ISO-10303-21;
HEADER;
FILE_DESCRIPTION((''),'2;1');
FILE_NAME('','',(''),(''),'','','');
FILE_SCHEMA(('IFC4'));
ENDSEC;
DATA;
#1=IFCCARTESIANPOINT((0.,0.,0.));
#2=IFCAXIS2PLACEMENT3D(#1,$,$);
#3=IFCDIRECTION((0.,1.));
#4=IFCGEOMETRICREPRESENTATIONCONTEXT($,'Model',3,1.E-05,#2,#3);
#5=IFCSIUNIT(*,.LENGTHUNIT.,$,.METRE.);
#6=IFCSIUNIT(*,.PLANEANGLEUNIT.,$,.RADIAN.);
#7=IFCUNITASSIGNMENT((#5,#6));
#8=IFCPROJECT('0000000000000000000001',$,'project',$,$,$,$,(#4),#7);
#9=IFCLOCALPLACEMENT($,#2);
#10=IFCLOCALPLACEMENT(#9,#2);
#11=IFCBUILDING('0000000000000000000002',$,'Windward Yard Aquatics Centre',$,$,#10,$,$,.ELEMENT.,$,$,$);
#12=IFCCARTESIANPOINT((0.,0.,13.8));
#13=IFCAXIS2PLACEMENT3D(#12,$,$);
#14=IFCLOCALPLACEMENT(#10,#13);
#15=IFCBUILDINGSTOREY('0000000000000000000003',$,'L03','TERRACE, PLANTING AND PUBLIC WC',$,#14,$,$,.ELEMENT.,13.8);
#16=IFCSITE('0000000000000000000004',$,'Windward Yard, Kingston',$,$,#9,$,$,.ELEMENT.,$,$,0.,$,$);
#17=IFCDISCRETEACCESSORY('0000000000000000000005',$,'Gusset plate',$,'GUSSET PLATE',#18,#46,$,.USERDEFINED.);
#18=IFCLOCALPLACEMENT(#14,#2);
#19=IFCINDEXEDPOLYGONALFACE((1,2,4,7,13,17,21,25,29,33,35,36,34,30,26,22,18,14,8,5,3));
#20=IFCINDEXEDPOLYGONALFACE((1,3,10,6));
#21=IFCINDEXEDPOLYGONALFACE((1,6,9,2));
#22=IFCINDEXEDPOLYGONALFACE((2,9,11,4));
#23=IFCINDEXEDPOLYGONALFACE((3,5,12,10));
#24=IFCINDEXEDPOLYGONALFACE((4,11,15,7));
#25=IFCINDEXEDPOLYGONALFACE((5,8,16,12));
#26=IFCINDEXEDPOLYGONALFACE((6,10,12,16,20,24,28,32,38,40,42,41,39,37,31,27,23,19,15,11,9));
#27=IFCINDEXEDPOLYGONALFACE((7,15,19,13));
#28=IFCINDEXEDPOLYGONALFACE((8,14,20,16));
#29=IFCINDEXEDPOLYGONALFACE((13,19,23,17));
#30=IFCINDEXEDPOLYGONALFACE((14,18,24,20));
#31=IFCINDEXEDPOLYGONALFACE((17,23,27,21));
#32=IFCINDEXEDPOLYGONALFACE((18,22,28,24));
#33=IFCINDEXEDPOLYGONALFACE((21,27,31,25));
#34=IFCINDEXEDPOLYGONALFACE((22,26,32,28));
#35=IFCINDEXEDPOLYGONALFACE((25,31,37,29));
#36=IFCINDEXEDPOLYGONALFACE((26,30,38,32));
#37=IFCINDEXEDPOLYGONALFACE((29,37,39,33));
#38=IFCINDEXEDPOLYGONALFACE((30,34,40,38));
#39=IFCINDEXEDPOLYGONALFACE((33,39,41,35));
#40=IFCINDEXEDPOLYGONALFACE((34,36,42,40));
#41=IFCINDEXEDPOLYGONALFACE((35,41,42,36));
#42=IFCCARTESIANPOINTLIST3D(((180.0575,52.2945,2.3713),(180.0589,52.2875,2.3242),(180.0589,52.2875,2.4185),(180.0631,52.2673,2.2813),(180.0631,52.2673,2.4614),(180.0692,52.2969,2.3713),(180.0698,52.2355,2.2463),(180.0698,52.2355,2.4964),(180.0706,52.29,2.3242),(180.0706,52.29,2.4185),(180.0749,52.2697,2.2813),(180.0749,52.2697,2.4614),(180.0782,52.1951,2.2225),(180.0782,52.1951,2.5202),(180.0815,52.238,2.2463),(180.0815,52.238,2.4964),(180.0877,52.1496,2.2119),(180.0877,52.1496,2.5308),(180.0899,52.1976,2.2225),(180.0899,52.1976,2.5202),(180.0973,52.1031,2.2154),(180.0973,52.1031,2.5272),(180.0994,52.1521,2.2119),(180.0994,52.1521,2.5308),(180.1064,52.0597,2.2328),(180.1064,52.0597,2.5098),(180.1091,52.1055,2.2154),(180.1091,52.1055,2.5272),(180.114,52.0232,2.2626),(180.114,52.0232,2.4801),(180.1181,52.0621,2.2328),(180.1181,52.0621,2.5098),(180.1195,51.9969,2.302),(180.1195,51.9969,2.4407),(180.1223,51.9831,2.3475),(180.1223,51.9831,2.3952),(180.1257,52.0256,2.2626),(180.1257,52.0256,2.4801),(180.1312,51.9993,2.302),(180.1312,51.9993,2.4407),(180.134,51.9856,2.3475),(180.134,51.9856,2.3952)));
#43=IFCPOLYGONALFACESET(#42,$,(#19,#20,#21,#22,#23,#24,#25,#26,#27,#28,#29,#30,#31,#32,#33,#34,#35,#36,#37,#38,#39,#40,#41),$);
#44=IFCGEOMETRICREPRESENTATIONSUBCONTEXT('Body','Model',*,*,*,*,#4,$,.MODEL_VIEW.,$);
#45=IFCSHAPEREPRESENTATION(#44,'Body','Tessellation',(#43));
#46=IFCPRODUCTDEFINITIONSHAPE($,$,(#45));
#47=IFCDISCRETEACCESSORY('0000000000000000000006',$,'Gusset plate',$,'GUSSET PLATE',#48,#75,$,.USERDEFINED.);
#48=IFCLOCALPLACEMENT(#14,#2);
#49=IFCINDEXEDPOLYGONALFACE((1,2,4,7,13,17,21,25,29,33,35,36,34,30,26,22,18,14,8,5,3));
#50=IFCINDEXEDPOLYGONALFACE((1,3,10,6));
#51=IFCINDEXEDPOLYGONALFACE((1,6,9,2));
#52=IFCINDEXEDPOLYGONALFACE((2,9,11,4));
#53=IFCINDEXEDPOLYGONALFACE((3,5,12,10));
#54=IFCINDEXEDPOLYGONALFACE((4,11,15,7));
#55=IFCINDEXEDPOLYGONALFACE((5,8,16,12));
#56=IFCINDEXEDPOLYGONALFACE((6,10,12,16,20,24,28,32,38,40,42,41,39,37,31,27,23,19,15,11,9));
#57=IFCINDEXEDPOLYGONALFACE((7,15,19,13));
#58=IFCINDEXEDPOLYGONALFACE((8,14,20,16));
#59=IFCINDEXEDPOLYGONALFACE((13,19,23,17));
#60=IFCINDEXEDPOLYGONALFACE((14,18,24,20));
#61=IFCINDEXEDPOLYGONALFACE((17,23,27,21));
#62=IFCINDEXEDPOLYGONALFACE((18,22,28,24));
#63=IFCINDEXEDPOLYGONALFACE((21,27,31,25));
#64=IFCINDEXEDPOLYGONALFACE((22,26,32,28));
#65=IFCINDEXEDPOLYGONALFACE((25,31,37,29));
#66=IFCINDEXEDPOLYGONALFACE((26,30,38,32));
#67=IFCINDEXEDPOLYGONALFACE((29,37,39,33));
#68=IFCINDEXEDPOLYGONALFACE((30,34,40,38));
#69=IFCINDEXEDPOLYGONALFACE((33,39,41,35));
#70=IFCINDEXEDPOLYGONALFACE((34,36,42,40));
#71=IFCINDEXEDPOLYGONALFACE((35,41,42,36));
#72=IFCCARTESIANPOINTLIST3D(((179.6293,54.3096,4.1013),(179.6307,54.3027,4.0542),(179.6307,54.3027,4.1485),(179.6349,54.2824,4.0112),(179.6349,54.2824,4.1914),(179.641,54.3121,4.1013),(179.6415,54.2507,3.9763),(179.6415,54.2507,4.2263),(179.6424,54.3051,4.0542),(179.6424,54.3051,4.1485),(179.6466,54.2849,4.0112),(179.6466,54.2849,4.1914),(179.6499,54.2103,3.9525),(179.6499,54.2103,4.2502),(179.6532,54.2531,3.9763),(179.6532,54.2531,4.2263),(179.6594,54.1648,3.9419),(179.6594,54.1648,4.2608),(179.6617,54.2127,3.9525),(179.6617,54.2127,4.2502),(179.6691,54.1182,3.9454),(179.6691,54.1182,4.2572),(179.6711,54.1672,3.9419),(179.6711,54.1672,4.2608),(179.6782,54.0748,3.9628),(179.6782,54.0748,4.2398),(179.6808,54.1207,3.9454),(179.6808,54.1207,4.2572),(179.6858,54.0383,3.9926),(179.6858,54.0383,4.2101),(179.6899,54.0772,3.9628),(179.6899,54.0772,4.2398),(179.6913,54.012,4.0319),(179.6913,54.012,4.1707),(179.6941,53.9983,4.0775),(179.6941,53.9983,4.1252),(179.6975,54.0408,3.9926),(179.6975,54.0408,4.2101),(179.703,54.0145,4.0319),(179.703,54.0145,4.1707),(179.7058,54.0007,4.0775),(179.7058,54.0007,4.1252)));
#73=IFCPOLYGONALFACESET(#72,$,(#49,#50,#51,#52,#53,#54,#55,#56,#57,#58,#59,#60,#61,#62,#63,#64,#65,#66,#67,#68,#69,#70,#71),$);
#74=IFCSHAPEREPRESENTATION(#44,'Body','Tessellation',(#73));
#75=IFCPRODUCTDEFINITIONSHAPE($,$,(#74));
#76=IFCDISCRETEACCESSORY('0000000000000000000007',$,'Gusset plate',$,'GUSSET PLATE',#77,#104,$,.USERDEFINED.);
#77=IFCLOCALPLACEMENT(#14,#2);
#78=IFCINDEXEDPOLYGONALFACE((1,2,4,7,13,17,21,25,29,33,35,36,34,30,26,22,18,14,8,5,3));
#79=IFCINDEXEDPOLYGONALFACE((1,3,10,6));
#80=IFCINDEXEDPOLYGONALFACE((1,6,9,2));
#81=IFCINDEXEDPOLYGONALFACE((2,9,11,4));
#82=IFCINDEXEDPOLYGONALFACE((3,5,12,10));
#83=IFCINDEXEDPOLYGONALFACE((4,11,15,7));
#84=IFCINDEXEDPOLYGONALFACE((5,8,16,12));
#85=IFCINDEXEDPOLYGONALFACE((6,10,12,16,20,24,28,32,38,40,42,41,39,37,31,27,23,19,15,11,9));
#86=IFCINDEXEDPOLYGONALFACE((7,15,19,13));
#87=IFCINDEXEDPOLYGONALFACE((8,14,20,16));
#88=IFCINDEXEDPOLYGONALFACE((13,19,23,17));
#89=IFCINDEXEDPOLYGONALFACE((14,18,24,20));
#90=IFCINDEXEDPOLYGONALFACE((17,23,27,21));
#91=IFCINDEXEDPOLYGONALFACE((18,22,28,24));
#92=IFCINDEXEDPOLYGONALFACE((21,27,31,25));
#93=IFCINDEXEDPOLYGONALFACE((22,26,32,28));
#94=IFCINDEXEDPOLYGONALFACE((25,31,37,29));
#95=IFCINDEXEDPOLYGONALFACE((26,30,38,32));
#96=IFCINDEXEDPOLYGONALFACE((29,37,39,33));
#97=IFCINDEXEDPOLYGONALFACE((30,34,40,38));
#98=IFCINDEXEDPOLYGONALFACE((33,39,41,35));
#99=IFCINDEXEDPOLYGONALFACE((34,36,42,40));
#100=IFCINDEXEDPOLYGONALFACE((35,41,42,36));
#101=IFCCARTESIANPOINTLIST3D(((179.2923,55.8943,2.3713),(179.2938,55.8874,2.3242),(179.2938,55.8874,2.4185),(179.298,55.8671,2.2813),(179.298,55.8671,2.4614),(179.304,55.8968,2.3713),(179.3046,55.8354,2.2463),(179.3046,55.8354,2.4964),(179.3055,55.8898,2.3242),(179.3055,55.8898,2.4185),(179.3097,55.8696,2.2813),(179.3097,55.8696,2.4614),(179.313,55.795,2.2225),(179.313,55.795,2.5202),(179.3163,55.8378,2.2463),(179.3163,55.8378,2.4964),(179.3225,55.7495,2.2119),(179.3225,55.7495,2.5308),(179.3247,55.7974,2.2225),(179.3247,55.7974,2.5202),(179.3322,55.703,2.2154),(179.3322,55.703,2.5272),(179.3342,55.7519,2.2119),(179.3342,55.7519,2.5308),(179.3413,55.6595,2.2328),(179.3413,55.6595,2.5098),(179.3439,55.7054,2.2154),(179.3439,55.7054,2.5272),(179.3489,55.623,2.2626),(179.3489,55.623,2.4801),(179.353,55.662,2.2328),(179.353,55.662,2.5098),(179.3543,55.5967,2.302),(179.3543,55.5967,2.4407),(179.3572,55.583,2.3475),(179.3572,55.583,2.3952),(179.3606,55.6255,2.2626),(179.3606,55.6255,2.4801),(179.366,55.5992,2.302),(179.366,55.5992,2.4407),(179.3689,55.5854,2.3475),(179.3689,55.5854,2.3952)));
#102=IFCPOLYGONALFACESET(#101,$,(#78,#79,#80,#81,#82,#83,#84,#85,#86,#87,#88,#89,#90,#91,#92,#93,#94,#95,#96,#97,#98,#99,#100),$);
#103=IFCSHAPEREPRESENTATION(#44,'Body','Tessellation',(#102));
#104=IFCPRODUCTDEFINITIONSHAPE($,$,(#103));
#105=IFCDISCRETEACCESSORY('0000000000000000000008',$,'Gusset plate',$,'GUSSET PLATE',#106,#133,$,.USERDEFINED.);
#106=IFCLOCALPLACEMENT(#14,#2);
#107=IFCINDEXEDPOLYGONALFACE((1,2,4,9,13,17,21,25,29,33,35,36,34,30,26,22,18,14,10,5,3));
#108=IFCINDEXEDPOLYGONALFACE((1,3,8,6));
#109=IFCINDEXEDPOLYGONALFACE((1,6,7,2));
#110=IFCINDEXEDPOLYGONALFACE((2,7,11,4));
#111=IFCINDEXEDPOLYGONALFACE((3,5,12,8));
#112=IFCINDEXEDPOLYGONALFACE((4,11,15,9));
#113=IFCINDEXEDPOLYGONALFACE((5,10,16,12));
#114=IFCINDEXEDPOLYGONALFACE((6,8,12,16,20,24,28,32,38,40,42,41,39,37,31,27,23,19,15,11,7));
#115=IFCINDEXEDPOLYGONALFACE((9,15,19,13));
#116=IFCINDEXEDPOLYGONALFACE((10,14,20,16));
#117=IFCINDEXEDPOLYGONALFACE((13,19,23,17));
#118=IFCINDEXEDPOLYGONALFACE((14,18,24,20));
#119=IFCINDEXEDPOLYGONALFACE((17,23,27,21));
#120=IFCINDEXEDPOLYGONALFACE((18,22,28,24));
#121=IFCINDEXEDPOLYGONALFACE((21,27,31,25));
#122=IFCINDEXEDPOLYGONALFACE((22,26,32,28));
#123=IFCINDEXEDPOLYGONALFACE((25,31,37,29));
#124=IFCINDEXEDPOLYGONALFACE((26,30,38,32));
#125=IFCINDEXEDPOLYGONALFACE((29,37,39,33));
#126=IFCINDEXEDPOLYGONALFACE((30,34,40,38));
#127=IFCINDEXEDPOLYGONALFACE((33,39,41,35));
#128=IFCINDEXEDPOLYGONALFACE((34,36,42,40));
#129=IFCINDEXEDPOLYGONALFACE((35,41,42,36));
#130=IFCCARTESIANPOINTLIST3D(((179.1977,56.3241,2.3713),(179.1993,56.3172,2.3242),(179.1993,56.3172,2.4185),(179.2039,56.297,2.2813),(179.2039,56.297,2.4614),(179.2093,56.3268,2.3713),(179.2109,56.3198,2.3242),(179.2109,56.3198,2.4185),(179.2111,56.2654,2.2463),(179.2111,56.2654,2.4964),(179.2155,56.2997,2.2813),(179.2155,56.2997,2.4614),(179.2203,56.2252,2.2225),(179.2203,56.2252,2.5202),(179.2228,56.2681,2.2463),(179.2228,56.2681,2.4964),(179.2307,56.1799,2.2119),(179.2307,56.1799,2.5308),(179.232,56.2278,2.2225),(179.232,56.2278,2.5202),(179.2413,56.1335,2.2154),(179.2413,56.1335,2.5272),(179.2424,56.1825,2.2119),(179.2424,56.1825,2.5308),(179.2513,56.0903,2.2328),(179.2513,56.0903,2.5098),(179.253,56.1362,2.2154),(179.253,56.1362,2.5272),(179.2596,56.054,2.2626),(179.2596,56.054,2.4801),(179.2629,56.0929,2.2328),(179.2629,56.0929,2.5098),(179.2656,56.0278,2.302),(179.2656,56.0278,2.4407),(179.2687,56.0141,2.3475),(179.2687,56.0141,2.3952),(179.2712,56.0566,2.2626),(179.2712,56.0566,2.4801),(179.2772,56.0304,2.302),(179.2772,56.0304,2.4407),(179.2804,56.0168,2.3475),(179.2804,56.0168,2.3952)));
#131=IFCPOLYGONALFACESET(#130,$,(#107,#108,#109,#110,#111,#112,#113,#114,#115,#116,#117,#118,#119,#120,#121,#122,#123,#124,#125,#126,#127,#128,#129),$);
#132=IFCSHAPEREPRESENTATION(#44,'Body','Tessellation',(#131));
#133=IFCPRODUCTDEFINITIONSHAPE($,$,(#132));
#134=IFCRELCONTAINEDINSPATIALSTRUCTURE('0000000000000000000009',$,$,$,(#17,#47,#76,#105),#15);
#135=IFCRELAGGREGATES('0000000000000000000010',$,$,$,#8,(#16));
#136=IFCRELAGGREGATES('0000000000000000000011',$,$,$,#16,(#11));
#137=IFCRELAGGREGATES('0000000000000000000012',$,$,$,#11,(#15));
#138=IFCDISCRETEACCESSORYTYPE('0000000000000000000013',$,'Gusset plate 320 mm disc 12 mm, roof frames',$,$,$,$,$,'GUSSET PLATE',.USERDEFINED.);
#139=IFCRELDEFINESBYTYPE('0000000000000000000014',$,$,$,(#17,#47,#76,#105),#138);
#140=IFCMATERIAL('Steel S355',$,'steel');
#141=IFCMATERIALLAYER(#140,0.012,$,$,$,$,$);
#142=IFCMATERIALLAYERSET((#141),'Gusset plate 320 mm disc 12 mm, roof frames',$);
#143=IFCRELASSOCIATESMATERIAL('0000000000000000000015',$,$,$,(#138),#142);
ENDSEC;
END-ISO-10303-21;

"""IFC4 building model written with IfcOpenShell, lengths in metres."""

from ifc_helpers import new_model, si_unit, direction, frame, origin, origin_2d, place, context, subcontext, project, spatial, circle, extrude, material, layer, layer_set, type_object, element, save


model = new_model("IFC4")

# Units and contexts
model_context = context("Model", 3, precision=1e-05, world=origin(), true_north=direction((0.0, 1.0)))
body_context = subcontext(model_context, "Body", "Model", "MODEL_VIEW")
ifc_project = project(units=[si_unit("LENGTHUNIT", "METRE"), si_unit("PLANEANGLEUNIT", "RADIAN")], contexts=[model_context])

# Site, building, storey
site_placement = place(None, origin())
site = spatial("IfcSite", under=ifc_project, at=site_placement, Name="Windward Yard, Kingston", CompositionType="ELEMENT", RefElevation=0.0)
building_placement = place(site_placement, origin())
building = spatial("IfcBuilding", under=site, at=building_placement, Name="Windward Yard Aquatics Centre", CompositionType="ELEMENT")
storey_placement = place(building_placement, frame((0.0, 0.0, 13.8)))
storey = spatial("IfcBuildingStorey", under=building, at=storey_placement, Name="L03", Description="TERRACE, PLANTING AND PUBLIC WC", CompositionType="ELEMENT", Elevation=13.8)

# Discrete accessories
ifc_material_1 = material(Name="Steel S355", Category="steel")
ifc_layer_1 = layer(ifc_material_1, 0.012)
ifc_layer_set_1 = layer_set([ifc_layer_1], Name="Gusset plate 320 mm disc 12 mm, roof frames")
discrete_accessory_type_1 = type_object("IfcDiscreteAccessoryType", Name="Gusset plate 320 mm disc 12 mm, roof frames", ElementType="GUSSET PLATE", PredefinedType="USERDEFINED", material=ifc_layer_set_1)
for number, where, z_axis, x_axis, name in (
    (1, (180.0901, 52.1379, 2.3713), (0.97898, 0.203954, 0.0), (-0.203954, 0.97898, 0.0), "Gusset plate"),
    (2, (179.6619, 54.1531, 4.1013), (0.97898, 0.203954, 0.0), (-0.203954, 0.97898, 0.0), "Gusset plate"),
    (3, (179.325, 55.7378, 2.3713), (0.97898, 0.203954, 0.0), (-0.203954, 0.97898, 0.0), "Gusset plate"),
    (4, (179.2334, 56.1682, 2.3713), (0.974732, 0.223376, 0.0), (-0.223376, 0.974732, 0.0), "Gusset plate"),
):
    element("IfcDiscreteAccessory", number, at=place(storey_placement, frame(where, z_axis=z_axis, x_axis=x_axis)), inside=storey, type_object=discrete_accessory_type_1, Name=name, ObjectType="GUSSET PLATE", PredefinedType="USERDEFINED", context=body_context, shape_type="SweptSolid", body=[
        extrude(circle(Radius=0.1599, at=origin_2d()), origin(), (0.0, 0.0, 1.0), 0.012),
    ])

save(model, "model.ifc")
